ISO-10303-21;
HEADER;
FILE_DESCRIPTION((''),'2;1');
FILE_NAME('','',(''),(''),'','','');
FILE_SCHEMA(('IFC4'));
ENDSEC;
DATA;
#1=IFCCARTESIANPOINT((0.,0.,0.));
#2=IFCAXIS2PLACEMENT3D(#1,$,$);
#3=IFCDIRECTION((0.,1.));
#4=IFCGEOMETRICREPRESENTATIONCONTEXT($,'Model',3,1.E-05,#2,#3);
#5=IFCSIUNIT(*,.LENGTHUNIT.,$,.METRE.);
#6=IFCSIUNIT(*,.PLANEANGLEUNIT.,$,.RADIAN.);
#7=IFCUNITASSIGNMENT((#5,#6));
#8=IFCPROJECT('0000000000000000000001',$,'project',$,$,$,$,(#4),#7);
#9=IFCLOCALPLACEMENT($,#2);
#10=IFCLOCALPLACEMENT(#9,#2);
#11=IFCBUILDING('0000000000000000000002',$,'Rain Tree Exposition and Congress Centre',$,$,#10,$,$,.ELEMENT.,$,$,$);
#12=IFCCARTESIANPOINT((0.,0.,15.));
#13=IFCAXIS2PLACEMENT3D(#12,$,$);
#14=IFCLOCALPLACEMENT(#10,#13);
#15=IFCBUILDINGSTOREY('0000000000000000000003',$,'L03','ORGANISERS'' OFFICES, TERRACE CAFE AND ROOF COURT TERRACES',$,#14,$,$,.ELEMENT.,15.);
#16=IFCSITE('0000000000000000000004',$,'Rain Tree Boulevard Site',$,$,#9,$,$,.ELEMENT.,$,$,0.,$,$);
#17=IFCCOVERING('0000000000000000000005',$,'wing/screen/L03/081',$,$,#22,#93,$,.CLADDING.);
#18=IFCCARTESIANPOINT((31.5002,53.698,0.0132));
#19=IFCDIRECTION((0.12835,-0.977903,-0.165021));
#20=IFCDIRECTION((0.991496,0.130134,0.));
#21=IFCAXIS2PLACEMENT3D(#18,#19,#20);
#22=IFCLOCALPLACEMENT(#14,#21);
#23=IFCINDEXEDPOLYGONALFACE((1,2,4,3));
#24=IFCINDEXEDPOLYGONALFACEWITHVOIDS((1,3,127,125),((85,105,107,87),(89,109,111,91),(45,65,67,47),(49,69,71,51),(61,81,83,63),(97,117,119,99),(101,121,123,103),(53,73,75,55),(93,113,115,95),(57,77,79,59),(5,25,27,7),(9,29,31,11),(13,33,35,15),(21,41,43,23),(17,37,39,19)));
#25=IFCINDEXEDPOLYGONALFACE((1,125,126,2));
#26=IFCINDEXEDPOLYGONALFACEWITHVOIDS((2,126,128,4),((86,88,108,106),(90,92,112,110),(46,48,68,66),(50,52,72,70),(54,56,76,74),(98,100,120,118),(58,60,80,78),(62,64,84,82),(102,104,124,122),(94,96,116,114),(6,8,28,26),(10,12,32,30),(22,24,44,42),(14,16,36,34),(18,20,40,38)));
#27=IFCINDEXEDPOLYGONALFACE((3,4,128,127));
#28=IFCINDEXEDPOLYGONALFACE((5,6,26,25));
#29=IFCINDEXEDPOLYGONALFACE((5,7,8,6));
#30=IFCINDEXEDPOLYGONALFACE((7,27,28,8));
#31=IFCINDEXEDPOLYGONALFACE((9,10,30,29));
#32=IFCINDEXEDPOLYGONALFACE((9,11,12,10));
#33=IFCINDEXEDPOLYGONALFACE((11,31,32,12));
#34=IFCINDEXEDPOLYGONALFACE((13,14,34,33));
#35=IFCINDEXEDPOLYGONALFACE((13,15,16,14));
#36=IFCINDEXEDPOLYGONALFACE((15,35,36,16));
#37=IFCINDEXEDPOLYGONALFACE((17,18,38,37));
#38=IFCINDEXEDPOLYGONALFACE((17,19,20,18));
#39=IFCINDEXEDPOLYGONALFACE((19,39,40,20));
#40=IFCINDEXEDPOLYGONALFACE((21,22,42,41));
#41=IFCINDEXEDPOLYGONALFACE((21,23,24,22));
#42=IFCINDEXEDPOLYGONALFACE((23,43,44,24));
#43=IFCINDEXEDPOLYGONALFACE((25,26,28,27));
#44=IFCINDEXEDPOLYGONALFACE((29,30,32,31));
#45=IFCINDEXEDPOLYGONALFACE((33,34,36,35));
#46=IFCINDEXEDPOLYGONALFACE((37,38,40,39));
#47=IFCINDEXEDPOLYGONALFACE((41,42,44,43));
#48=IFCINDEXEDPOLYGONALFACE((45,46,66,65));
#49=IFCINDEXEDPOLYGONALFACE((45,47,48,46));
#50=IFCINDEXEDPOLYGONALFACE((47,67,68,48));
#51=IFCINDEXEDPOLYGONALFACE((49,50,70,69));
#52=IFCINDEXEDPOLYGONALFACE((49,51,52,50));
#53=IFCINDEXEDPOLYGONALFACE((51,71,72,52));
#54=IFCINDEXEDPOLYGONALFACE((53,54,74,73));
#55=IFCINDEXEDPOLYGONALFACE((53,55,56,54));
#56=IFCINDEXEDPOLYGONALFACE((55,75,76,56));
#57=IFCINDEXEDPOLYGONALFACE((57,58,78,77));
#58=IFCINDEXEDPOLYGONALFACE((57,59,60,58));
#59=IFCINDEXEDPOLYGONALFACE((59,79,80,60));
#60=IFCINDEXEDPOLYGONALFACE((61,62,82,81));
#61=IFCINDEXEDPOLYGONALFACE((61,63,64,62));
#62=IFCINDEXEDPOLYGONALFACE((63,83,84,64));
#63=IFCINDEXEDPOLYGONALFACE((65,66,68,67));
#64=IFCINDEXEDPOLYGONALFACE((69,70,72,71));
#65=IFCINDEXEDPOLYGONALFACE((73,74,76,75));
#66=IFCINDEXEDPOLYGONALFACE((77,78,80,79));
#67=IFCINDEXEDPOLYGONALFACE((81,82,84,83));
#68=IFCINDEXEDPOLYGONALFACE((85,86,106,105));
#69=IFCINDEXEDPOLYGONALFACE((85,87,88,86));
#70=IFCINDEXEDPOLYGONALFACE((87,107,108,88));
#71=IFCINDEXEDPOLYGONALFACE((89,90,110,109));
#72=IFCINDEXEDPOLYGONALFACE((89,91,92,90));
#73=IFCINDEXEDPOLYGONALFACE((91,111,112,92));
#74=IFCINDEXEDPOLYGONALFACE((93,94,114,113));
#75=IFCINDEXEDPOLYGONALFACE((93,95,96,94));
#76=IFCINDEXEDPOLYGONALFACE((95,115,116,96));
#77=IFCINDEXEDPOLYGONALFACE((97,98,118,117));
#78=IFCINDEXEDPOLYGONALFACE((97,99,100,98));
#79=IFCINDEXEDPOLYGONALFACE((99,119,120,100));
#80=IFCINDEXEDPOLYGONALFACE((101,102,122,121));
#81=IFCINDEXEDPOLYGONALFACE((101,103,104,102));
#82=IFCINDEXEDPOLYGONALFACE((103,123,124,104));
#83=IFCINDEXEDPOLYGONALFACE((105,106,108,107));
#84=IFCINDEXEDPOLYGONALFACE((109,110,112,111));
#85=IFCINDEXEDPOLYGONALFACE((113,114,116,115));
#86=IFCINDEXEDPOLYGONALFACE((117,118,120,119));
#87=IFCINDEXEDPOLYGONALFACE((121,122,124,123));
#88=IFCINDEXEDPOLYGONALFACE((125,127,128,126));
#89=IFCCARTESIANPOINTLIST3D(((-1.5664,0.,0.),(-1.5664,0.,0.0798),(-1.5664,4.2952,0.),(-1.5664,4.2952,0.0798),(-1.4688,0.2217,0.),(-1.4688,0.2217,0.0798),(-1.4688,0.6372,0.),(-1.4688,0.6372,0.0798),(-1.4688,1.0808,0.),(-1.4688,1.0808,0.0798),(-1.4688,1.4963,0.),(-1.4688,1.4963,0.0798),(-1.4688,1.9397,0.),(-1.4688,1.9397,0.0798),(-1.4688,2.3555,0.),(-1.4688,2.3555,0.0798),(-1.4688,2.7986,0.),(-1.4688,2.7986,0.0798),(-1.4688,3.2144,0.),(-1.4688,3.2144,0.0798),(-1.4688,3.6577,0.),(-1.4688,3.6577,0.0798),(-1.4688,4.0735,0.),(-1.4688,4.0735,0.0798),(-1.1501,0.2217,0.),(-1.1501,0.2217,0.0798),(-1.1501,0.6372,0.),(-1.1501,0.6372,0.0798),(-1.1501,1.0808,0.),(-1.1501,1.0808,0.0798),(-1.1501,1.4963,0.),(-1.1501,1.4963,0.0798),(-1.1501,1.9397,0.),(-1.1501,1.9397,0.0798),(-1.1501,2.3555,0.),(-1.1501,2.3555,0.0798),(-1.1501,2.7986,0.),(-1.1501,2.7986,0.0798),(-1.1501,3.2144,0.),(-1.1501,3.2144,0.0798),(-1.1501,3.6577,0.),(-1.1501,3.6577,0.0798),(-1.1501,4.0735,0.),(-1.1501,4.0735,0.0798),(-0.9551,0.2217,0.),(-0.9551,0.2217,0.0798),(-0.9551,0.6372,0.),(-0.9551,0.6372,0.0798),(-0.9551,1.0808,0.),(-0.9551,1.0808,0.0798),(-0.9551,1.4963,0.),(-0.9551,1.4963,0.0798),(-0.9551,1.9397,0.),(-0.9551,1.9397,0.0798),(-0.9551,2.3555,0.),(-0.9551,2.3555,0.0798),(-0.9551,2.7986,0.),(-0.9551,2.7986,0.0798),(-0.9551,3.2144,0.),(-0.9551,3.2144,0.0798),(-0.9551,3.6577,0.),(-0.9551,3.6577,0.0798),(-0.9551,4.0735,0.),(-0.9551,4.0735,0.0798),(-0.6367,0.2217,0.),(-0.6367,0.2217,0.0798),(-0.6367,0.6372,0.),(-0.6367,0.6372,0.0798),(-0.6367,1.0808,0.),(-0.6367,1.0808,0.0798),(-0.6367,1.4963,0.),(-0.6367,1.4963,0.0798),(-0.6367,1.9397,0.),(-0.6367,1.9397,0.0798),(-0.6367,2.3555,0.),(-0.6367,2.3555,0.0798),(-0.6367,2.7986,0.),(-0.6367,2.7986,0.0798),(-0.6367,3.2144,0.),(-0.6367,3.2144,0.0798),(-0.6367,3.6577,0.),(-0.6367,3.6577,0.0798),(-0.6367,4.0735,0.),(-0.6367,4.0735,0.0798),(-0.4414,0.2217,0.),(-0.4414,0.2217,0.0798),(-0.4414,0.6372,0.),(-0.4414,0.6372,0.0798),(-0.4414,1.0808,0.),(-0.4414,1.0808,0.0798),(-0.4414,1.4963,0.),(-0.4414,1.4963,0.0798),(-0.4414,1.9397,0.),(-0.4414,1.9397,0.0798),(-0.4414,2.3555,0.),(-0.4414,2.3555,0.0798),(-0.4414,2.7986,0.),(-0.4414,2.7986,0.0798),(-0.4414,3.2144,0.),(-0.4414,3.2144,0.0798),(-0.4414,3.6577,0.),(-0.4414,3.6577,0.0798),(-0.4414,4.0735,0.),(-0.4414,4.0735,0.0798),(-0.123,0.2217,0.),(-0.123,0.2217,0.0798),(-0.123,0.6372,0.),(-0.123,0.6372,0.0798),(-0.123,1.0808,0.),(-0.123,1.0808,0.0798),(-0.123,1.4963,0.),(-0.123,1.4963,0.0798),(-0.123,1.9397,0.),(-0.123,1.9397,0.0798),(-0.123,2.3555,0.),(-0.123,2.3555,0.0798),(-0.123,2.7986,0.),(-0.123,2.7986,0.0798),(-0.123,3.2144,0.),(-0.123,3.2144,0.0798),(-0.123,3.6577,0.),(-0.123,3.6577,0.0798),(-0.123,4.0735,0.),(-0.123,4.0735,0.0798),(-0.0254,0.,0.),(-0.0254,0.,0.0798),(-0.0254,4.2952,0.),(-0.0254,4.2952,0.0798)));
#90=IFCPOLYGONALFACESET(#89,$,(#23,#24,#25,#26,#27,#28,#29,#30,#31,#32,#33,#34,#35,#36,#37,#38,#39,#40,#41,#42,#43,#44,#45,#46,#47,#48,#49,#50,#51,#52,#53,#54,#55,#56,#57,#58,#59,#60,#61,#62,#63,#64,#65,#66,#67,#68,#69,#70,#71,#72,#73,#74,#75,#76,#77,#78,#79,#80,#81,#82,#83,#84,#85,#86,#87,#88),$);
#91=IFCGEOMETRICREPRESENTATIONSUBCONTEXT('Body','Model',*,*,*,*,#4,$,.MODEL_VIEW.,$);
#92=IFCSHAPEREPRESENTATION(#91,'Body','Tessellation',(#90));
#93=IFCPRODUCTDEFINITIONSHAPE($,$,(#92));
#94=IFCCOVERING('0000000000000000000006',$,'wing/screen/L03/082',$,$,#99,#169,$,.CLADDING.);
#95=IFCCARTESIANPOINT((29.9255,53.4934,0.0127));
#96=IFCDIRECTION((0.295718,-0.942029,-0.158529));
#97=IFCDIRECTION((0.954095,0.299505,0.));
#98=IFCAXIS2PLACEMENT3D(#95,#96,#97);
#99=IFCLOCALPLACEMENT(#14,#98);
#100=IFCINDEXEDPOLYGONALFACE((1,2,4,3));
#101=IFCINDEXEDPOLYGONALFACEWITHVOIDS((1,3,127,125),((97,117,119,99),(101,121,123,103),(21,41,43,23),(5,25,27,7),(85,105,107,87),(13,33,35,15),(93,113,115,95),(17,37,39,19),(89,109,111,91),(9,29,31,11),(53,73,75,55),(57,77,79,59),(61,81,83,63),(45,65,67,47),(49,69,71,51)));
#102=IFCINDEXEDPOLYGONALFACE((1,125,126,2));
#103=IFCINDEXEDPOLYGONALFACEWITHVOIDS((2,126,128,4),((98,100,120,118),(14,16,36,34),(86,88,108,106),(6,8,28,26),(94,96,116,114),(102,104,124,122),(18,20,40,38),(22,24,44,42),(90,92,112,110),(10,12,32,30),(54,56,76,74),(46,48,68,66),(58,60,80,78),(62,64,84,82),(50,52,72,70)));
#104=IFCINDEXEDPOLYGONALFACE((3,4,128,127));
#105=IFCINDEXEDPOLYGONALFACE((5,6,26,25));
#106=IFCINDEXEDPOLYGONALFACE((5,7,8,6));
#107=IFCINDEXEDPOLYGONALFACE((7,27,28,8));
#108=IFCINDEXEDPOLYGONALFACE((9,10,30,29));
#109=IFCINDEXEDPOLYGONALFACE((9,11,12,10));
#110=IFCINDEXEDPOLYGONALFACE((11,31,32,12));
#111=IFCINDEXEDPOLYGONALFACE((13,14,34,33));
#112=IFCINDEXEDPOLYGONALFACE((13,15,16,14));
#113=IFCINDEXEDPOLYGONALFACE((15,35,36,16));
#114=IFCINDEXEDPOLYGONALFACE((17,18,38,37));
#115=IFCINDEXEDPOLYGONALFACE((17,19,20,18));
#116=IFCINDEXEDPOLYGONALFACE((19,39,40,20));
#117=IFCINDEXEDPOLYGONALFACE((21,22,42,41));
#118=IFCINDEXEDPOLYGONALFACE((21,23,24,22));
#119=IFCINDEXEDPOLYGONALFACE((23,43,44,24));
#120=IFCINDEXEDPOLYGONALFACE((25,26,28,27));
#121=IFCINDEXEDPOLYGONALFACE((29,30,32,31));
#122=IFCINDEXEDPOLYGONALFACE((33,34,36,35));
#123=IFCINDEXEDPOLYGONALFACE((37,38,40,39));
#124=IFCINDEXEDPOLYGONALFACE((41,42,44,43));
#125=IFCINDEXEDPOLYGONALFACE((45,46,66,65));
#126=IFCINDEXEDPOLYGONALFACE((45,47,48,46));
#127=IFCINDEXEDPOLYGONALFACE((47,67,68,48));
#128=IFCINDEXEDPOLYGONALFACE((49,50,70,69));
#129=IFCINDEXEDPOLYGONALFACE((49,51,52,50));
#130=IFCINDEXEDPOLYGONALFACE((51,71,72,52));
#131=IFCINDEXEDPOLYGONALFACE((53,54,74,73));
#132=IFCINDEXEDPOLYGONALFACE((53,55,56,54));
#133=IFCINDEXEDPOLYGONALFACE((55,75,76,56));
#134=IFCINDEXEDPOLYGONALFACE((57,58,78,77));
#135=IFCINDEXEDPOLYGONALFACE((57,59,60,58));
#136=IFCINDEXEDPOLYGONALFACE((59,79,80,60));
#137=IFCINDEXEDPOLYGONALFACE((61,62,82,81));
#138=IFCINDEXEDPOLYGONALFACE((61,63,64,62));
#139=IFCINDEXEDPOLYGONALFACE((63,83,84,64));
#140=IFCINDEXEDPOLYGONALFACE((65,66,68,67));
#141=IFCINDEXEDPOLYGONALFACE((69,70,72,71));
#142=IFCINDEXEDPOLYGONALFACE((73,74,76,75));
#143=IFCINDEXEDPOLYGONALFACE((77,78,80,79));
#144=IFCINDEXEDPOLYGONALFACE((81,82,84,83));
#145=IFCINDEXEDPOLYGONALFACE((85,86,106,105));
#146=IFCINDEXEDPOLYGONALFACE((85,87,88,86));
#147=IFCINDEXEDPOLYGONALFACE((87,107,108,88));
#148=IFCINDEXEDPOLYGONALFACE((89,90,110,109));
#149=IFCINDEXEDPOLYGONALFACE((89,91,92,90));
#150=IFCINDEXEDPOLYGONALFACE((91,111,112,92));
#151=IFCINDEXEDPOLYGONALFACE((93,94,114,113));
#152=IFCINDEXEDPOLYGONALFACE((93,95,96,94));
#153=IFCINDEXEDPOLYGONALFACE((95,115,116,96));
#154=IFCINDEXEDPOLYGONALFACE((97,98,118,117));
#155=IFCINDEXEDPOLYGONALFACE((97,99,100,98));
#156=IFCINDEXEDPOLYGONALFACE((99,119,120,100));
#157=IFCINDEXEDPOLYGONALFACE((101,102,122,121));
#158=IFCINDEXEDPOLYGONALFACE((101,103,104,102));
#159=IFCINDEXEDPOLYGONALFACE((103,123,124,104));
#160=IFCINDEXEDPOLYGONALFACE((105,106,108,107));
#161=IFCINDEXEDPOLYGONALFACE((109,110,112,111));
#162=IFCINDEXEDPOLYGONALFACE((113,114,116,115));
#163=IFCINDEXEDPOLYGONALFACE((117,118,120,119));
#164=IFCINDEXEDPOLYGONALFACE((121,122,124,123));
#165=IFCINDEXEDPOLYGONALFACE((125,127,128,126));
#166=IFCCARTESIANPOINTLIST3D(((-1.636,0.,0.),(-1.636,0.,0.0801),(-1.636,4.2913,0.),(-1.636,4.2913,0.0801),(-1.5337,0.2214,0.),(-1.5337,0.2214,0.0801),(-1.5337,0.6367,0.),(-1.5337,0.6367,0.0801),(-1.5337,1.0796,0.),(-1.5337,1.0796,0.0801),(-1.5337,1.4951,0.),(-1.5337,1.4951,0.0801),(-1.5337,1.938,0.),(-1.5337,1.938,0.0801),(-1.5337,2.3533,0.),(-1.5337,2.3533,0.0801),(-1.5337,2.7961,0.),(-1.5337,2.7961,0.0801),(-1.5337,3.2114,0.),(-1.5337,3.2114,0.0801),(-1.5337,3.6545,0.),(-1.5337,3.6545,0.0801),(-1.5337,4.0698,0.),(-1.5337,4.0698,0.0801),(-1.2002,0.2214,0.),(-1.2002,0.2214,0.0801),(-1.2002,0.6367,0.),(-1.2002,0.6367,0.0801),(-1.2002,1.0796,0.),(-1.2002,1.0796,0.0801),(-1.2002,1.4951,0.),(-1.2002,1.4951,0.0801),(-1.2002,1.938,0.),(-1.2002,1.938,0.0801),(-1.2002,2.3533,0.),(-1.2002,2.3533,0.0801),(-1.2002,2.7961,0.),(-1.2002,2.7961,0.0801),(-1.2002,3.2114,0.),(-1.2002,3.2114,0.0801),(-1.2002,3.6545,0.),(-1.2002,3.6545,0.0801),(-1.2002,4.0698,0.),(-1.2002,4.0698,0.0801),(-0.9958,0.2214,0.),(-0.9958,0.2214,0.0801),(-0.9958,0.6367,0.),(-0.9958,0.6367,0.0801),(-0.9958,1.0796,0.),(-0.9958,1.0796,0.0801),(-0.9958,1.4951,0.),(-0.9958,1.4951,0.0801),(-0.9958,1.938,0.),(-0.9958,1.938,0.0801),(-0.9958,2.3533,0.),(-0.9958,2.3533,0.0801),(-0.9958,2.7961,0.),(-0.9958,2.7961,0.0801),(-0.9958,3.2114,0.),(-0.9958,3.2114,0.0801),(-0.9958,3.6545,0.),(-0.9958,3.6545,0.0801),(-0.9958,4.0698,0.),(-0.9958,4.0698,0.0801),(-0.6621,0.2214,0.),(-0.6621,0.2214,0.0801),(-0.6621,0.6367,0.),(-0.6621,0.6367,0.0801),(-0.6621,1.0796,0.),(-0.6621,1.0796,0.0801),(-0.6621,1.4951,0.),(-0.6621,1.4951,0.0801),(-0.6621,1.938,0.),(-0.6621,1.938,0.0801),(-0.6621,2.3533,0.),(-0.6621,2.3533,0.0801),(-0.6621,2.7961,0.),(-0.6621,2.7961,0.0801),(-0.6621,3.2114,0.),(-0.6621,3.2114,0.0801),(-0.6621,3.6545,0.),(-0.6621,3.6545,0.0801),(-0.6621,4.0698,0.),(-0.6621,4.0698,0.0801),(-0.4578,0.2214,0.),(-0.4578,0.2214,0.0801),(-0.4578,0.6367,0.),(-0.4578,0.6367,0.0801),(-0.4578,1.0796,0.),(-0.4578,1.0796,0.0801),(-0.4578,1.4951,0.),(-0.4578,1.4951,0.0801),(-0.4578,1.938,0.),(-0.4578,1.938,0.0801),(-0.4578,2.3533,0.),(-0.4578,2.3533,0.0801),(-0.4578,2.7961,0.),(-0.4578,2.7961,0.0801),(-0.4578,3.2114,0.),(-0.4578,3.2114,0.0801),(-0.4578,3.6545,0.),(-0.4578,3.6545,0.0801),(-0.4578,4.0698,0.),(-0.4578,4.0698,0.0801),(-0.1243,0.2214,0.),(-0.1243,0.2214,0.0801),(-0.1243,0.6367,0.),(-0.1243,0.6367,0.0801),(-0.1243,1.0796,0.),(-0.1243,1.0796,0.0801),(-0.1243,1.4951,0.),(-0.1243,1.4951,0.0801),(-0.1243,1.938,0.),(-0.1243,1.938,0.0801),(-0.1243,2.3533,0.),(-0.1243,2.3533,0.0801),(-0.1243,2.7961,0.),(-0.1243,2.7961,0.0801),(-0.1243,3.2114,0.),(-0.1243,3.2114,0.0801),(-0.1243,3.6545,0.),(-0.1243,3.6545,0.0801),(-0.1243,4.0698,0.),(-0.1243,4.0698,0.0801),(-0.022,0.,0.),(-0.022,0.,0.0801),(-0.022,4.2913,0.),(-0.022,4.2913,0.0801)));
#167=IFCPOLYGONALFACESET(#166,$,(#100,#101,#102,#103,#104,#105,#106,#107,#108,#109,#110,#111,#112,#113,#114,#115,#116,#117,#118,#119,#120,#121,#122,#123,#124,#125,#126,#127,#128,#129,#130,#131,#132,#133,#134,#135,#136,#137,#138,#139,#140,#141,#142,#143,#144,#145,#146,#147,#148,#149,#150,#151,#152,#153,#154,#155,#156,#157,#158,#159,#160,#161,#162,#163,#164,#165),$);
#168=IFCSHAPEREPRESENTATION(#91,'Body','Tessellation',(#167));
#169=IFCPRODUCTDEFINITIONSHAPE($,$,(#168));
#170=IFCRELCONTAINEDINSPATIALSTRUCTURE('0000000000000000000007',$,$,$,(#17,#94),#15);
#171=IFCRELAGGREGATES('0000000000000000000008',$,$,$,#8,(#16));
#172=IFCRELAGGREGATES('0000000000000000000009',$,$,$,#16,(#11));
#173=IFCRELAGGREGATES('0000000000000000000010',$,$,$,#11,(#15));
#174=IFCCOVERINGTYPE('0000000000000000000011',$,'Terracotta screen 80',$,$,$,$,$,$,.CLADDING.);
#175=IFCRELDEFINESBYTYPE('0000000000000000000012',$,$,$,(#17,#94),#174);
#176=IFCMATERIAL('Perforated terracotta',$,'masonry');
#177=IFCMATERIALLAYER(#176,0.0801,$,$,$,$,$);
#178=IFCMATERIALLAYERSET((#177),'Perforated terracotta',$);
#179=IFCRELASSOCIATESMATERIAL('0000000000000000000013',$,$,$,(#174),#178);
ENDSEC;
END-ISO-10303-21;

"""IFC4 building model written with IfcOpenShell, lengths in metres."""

from ifc_helpers import new_model, si_unit, direction, frame, origin, place, context, subcontext, project, spatial, polyline, outline, extrude, material, layer, layer_set, type_object, element, save


model = new_model("IFC4")

# Units and contexts
model_context = context("Model", 3, precision=1e-05, world=origin(), true_north=direction((0.0, 1.0)))
body_context = subcontext(model_context, "Body", "Model", "MODEL_VIEW")
ifc_project = project(units=[si_unit("LENGTHUNIT", "METRE"), si_unit("PLANEANGLEUNIT", "RADIAN")], contexts=[model_context])

# Site, building, storey
site_placement = place(None, origin())
site = spatial("IfcSite", under=ifc_project, at=site_placement, Name="Rain Tree Boulevard Site", CompositionType="ELEMENT", RefElevation=0.0)
building_placement = place(site_placement, origin())
building = spatial("IfcBuilding", under=site, at=building_placement, Name="Rain Tree Exposition and Congress Centre", CompositionType="ELEMENT")
storey_placement = place(building_placement, frame((0.0, 0.0, 15.0)))
storey = spatial("IfcBuildingStorey", under=building, at=storey_placement, Name="L03", Description="ORGANISERS' OFFICES, TERRACE CAFE AND ROOF COURT TERRACES", CompositionType="ELEMENT", Elevation=15.0)

# Coverings
ifc_material_1 = material(Name="Perforated terracotta", Category="masonry")
ifc_layer_1 = layer(ifc_material_1, 0.0801)
ifc_layer_set_1 = layer_set([ifc_layer_1], Name="Perforated terracotta")
covering_type_1 = type_object("IfcCoveringType", Name="Terracotta screen 80", PredefinedType="CLADDING", material=ifc_layer_set_1)
covering_1_placement = place(storey_placement, frame((31.5002, 53.698, 0.0132), z_axis=(0.12835, -0.977903, -0.165021), x_axis=(0.991496, 0.130134, 0.0)))
element("IfcCovering", 1, at=covering_1_placement, inside=storey, type_object=covering_type_1, Name="wing/screen/L03/081", PredefinedType="CLADDING", context=body_context, shape_type="SweptSolid", body=[
    extrude(outline(polyline([(-1.5664, 0.0), (-1.5664, 4.2952), (-0.0254, 4.2952), (-0.0254, 0.0), (-1.5664, 0.0)]), holes=[polyline([(-0.123, 0.2217), (-0.123, 0.6372), (-0.4414, 0.6372), (-0.4414, 0.2217), (-0.123, 0.2217)]), polyline([(-0.123, 1.0808), (-0.123, 1.4963), (-0.4414, 1.4963), (-0.4414, 1.0808), (-0.123, 1.0808)]), polyline([(-0.123, 1.9397), (-0.123, 2.3555), (-0.4414, 2.3555), (-0.4414, 1.9397), (-0.123, 1.9397)]), polyline([(-0.123, 2.7986), (-0.123, 3.2144), (-0.4414, 3.2144), (-0.4414, 2.7986), (-0.123, 2.7986)]), polyline([(-0.123, 3.6577), (-0.123, 4.0735), (-0.4414, 4.0735), (-0.4414, 3.6577), (-0.123, 3.6577)]), polyline([(-0.6367, 0.2217), (-0.6367, 0.6372), (-0.9551, 0.6372), (-0.9551, 0.2217), (-0.6367, 0.2217)]), polyline([(-0.6367, 1.0808), (-0.6367, 1.4963), (-0.9551, 1.4963), (-0.9551, 1.0808), (-0.6367, 1.0808)]), polyline([(-0.6367, 1.9397), (-0.6367, 2.3555), (-0.9551, 2.3555), (-0.9551, 1.9397), (-0.6367, 1.9397)]), polyline([(-0.6367, 2.7986), (-0.6367, 3.2144), (-0.9551, 3.2144), (-0.9551, 2.7986), (-0.6367, 2.7986)]), polyline([(-0.6367, 3.6577), (-0.6367, 4.0735), (-0.9551, 4.0735), (-0.9551, 3.6577), (-0.6367, 3.6577)]), polyline([(-1.1501, 0.2217), (-1.1501, 0.6372), (-1.4688, 0.6372), (-1.4688, 0.2217), (-1.1501, 0.2217)]), polyline([(-1.1501, 1.0808), (-1.1501, 1.4963), (-1.4688, 1.4963), (-1.4688, 1.0808), (-1.1501, 1.0808)]), polyline([(-1.1501, 1.9397), (-1.1501, 2.3555), (-1.4688, 2.3555), (-1.4688, 1.9397), (-1.1501, 1.9397)]), polyline([(-1.1501, 2.7986), (-1.1501, 3.2144), (-1.4688, 3.2144), (-1.4688, 2.7986), (-1.1501, 2.7986)]), polyline([(-1.1501, 3.6577), (-1.1501, 4.0735), (-1.4688, 4.0735), (-1.4688, 3.6577), (-1.1501, 3.6577)])]), origin(), (0.0, 0.0, 1.0), 0.0798),
])
covering_2_placement = place(storey_placement, frame((29.9255, 53.4934, 0.0127), z_axis=(0.295718, -0.942029, -0.158529), x_axis=(0.954095, 0.299505, 0.0)))
element("IfcCovering", 2, at=covering_2_placement, inside=storey, type_object=covering_type_1, Name="wing/screen/L03/082", PredefinedType="CLADDING", context=body_context, shape_type="SweptSolid", body=[
    extrude(outline(polyline([(-1.636, 0.0), (-1.636, 4.2913), (-0.022, 4.2913), (-0.022, 0.0), (-1.636, 0.0)]), holes=[polyline([(-0.1243, 0.2214), (-0.1243, 0.6367), (-0.4578, 0.6367), (-0.4578, 0.2214), (-0.1243, 0.2214)]), polyline([(-0.1243, 1.0796), (-0.1243, 1.4951), (-0.4578, 1.4951), (-0.4578, 1.0796), (-0.1243, 1.0796)]), polyline([(-0.1243, 1.938), (-0.1243, 2.3533), (-0.4578, 2.3533), (-0.4578, 1.938), (-0.1243, 1.938)]), polyline([(-0.1243, 2.7961), (-0.1243, 3.2114), (-0.4578, 3.2114), (-0.4578, 2.7961), (-0.1243, 2.7961)]), polyline([(-0.1243, 3.6545), (-0.1243, 4.0698), (-0.4578, 4.0698), (-0.4578, 3.6545), (-0.1243, 3.6545)]), polyline([(-0.6621, 0.2214), (-0.6621, 0.6367), (-0.9958, 0.6367), (-0.9958, 0.2214), (-0.6621, 0.2214)]), polyline([(-0.6621, 1.0796), (-0.6621, 1.4951), (-0.9958, 1.4951), (-0.9958, 1.0796), (-0.6621, 1.0796)]), polyline([(-0.6621, 1.938), (-0.6621, 2.3533), (-0.9958, 2.3533), (-0.9958, 1.938), (-0.6621, 1.938)]), polyline([(-0.6621, 2.7961), (-0.6621, 3.2114), (-0.9958, 3.2114), (-0.9958, 2.7961), (-0.6621, 2.7961)]), polyline([(-0.6621, 3.6545), (-0.6621, 4.0698), (-0.9958, 4.0698), (-0.9958, 3.6545), (-0.6621, 3.6545)]), polyline([(-1.2002, 0.2214), (-1.2002, 0.6367), (-1.5337, 0.6367), (-1.5337, 0.2214), (-1.2002, 0.2214)]), polyline([(-1.2002, 1.0796), (-1.2002, 1.4951), (-1.5337, 1.4951), (-1.5337, 1.0796), (-1.2002, 1.0796)]), polyline([(-1.2002, 1.938), (-1.2002, 2.3533), (-1.5337, 2.3533), (-1.5337, 1.938), (-1.2002, 1.938)]), polyline([(-1.2002, 2.7961), (-1.2002, 3.2114), (-1.5337, 3.2114), (-1.5337, 2.7961), (-1.2002, 2.7961)]), polyline([(-1.2002, 3.6545), (-1.2002, 4.0698), (-1.5337, 4.0698), (-1.5337, 3.6545), (-1.2002, 3.6545)])]), origin(), (0.0, 0.0, 1.0), 0.0801),
])

save(model, "model.ifc")
